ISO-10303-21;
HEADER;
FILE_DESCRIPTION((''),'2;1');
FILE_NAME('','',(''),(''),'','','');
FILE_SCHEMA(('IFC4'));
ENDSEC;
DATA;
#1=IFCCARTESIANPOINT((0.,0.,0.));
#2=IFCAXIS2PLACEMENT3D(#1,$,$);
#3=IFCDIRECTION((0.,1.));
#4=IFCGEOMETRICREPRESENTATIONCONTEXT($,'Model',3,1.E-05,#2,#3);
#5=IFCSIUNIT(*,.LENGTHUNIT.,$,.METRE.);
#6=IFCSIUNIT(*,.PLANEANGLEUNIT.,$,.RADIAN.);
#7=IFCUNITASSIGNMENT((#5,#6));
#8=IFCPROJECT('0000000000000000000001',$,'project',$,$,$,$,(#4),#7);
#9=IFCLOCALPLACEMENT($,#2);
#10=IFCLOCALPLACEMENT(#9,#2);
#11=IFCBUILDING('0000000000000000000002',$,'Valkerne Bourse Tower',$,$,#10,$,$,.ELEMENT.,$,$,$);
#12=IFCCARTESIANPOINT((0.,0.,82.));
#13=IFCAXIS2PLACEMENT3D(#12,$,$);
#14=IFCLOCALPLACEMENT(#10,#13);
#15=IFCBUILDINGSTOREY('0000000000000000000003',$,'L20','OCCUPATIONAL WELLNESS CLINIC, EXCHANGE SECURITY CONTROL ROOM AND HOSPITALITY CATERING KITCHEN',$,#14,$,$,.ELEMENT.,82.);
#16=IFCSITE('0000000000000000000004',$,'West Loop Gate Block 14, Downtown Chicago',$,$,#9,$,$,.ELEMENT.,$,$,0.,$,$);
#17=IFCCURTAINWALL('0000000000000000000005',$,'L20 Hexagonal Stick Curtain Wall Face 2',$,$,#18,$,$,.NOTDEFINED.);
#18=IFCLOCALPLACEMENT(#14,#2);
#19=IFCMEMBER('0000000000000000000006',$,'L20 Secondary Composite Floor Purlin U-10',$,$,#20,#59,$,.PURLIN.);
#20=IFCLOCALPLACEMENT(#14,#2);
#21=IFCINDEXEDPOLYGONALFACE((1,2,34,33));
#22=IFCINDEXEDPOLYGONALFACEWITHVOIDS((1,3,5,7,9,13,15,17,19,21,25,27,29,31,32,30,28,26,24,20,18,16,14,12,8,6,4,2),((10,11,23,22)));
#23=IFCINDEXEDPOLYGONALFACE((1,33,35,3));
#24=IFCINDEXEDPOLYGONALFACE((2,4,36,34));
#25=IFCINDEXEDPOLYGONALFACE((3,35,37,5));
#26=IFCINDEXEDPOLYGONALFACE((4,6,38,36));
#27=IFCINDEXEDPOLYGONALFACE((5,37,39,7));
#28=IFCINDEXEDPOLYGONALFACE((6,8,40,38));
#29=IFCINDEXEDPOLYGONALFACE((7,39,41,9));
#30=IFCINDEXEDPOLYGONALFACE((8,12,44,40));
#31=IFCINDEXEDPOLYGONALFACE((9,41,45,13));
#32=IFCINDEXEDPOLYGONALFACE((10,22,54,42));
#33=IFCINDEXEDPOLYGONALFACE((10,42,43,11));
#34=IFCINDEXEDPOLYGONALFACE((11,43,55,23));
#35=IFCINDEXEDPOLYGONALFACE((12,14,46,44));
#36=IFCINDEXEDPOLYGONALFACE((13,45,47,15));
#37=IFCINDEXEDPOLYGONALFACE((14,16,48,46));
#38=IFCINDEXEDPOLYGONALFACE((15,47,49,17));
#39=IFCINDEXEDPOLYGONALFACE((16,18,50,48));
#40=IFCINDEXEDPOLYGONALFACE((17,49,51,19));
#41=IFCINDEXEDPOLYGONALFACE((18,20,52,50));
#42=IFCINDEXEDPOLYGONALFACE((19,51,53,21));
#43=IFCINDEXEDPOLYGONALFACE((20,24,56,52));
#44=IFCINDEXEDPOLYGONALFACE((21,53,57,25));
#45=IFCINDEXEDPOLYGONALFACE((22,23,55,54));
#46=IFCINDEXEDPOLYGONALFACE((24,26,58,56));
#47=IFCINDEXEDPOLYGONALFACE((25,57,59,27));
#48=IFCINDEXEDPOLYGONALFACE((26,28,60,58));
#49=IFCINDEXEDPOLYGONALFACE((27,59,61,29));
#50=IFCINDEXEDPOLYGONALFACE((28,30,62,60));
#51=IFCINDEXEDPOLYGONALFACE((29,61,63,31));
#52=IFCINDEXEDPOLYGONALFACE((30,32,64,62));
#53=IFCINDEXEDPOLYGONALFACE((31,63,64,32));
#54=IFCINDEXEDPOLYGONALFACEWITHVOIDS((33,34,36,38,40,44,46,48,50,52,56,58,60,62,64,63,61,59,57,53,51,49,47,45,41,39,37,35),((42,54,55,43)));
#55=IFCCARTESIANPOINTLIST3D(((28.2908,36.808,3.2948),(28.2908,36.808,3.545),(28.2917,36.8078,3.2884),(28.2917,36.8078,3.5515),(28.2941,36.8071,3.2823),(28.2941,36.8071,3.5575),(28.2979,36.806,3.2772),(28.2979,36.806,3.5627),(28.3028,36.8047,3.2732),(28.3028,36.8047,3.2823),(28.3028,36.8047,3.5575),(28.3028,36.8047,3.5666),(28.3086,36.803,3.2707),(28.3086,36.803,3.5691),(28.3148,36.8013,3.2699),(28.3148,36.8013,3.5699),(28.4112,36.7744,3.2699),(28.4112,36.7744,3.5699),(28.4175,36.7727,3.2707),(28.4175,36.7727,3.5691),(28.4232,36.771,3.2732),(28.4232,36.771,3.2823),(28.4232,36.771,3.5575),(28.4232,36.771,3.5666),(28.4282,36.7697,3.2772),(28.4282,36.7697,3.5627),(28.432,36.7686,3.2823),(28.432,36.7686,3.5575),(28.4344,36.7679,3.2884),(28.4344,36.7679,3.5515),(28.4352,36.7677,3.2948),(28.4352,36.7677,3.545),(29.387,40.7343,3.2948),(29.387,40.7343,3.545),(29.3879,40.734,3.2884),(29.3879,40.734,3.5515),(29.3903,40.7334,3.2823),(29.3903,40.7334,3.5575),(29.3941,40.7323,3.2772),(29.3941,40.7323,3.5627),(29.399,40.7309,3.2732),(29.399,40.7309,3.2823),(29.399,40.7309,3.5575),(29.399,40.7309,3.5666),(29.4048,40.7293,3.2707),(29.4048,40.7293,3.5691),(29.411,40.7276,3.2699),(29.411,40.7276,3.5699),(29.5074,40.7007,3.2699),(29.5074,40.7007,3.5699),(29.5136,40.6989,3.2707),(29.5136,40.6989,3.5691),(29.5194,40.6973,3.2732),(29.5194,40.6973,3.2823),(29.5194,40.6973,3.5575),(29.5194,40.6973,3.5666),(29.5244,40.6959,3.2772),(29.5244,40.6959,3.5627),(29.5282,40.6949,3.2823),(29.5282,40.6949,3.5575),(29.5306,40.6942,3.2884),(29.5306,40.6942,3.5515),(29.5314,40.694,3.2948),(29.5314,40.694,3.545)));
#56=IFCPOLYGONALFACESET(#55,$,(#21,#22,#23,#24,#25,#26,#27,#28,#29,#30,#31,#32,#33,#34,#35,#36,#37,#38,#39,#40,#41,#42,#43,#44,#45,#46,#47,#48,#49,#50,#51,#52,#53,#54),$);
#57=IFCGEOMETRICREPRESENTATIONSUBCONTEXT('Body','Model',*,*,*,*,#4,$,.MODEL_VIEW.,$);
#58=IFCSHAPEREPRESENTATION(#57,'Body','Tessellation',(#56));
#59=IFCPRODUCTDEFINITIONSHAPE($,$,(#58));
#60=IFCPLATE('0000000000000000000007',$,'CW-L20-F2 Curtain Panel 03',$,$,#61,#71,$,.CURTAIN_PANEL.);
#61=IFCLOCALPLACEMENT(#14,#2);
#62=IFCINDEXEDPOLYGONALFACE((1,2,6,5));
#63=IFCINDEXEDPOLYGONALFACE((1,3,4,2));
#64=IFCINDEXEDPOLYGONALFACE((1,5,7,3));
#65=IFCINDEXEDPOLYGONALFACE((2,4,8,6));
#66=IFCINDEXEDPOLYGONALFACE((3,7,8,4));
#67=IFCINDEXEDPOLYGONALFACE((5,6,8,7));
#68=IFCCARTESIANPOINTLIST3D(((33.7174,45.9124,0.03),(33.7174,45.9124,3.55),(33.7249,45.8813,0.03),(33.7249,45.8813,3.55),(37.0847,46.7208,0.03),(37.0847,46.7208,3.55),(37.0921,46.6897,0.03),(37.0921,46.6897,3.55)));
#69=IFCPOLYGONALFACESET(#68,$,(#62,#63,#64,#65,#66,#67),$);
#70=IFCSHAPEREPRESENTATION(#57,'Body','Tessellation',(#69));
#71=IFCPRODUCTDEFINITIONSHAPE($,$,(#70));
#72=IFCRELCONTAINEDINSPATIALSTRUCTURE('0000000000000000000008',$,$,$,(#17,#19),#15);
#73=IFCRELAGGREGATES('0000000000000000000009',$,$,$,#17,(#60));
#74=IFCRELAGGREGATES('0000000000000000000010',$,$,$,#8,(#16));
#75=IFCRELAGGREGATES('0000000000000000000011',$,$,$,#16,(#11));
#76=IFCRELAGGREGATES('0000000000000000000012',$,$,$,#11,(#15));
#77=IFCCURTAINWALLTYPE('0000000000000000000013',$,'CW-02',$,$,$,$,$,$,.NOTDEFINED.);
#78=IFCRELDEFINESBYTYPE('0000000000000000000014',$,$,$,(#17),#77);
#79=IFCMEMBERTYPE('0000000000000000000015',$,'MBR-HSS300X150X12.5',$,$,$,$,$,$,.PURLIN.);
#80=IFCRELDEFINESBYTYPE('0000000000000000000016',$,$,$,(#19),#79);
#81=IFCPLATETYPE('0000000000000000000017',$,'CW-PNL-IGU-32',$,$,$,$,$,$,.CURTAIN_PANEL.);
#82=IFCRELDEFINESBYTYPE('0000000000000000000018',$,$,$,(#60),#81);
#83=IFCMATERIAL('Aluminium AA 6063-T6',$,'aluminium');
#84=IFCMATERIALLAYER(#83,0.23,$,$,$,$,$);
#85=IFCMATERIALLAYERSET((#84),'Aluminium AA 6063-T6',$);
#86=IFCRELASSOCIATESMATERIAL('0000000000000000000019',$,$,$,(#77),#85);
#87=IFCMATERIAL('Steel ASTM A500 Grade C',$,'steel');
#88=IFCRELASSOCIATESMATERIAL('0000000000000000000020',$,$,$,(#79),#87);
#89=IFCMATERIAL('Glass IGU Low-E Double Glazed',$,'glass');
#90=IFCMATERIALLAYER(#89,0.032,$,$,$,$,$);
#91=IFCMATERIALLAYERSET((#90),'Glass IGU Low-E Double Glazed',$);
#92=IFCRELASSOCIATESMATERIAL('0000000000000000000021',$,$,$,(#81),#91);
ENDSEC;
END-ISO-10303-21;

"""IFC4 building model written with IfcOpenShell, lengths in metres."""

from ifc_helpers import new_model, si_unit, direction, frame, origin, origin_2d, place, context, subcontext, project, spatial, rectangle, hollow_rectangle, extrude, material, layer, layer_set, material_profile, profile_set, type_object, element, aggregate, save


model = new_model("IFC4")

# Units and contexts
model_context = context("Model", 3, precision=1e-05, world=origin(), true_north=direction((0.0, 1.0)))
body_context = subcontext(model_context, "Body", "Model", "MODEL_VIEW")
ifc_project = project(units=[si_unit("LENGTHUNIT", "METRE"), si_unit("PLANEANGLEUNIT", "RADIAN")], contexts=[model_context])

# Site, building, storey
site_placement = place(None, origin())
site = spatial("IfcSite", under=ifc_project, at=site_placement, Name="West Loop Gate Block 14, Downtown Chicago", CompositionType="ELEMENT", RefElevation=0.0)
building_placement = place(site_placement, origin())
building = spatial("IfcBuilding", under=site, at=building_placement, Name="Valkerne Bourse Tower", CompositionType="ELEMENT")
storey_placement = place(building_placement, frame((0.0, 0.0, 82.0)))
storey = spatial("IfcBuildingStorey", under=building, at=storey_placement, Name="L20", Description="OCCUPATIONAL WELLNESS CLINIC, EXCHANGE SECURITY CONTROL ROOM AND HOSPITALITY CATERING KITCHEN", CompositionType="ELEMENT", Elevation=82.0)

# Curtain wall
ifc_material_1 = material(Name="Aluminium AA 6063-T6", Category="aluminium")
ifc_layer_1 = layer(ifc_material_1, 0.23)
ifc_layer_set_1 = layer_set([ifc_layer_1], Name="Aluminium AA 6063-T6")
curtain_wall_type = type_object("IfcCurtainWallType", Name="CW-02", PredefinedType="NOTDEFINED", material=ifc_layer_set_1)
curtain_wall_1_placement = place(storey_placement, origin())
curtain_wall_1 = element("IfcCurtainWall", 1, at=curtain_wall_1_placement, inside=storey, type_object=curtain_wall_type, Name="L20 Hexagonal Stick Curtain Wall Face 2", PredefinedType="NOTDEFINED")

# Member
ifc_material_2 = material(Name="Steel ASTM A500 Grade C", Category="steel")
ifc_material_profile_1 = material_profile(ifc_material_2, hollow_rectangle(XDim=0.1499, YDim=0.3, WallThickness=0.0125, OuterFilletRadius=0.0249, at=origin_2d()), Name="HSS300X150X12.5")
ifc_profile_set_1 = profile_set([ifc_material_profile_1], Name="Steel ASTM A500 Grade C")
member_type_1 = type_object("IfcMemberType", Name="MBR-HSS300X150X12.5", PredefinedType="PURLIN", material=ifc_profile_set_1)
member_1_placement = place(storey_placement, frame((29.4592, 40.7141, 3.4199), z_axis=(-0.26891, -0.963165, 0.0), x_axis=(0.963165, -0.26891, 0.0)))
element("IfcMember", 2, at=member_1_placement, inside=storey, type_object=member_type_1, Name="L20 Secondary Composite Floor Purlin U-10", PredefinedType="PURLIN", context=body_context, shape_type="SweptSolid", body=[
    extrude(hollow_rectangle(XDim=0.1499, YDim=0.3, WallThickness=0.0125, OuterFilletRadius=0.0249, at=origin_2d()), origin(), (0.0, 0.0, 1.0), 4.0764),
])

# Plate
ifc_material_3 = material(Name="Glass IGU Low-E Double Glazed", Category="glass")
ifc_layer_2 = layer(ifc_material_3, 0.032)
ifc_layer_set_2 = layer_set([ifc_layer_2], Name="Glass IGU Low-E Double Glazed")
plate_type = type_object("IfcPlateType", Name="CW-PNL-IGU-32", PredefinedType="CURTAIN_PANEL", material=ifc_layer_set_2)
plate_placement = place(storey_placement, frame((35.4048, 46.301, 0.03), z_axis=(0.0, 0.0, 1.0), x_axis=(-0.972369, -0.233447, 0.0)))
plate = element("IfcPlate", 3, at=plate_placement, type_object=plate_type, Name="CW-L20-F2 Curtain Panel 03", PredefinedType="CURTAIN_PANEL", context=body_context, shape_type="SweptSolid", body=[
    extrude(rectangle(XDim=3.4629, YDim=0.032, at=origin_2d()), origin(), (0.0, 0.0, 1.0), 3.52),
])
aggregate(curtain_wall_1, [plate])

save(model, "model.ifc")
